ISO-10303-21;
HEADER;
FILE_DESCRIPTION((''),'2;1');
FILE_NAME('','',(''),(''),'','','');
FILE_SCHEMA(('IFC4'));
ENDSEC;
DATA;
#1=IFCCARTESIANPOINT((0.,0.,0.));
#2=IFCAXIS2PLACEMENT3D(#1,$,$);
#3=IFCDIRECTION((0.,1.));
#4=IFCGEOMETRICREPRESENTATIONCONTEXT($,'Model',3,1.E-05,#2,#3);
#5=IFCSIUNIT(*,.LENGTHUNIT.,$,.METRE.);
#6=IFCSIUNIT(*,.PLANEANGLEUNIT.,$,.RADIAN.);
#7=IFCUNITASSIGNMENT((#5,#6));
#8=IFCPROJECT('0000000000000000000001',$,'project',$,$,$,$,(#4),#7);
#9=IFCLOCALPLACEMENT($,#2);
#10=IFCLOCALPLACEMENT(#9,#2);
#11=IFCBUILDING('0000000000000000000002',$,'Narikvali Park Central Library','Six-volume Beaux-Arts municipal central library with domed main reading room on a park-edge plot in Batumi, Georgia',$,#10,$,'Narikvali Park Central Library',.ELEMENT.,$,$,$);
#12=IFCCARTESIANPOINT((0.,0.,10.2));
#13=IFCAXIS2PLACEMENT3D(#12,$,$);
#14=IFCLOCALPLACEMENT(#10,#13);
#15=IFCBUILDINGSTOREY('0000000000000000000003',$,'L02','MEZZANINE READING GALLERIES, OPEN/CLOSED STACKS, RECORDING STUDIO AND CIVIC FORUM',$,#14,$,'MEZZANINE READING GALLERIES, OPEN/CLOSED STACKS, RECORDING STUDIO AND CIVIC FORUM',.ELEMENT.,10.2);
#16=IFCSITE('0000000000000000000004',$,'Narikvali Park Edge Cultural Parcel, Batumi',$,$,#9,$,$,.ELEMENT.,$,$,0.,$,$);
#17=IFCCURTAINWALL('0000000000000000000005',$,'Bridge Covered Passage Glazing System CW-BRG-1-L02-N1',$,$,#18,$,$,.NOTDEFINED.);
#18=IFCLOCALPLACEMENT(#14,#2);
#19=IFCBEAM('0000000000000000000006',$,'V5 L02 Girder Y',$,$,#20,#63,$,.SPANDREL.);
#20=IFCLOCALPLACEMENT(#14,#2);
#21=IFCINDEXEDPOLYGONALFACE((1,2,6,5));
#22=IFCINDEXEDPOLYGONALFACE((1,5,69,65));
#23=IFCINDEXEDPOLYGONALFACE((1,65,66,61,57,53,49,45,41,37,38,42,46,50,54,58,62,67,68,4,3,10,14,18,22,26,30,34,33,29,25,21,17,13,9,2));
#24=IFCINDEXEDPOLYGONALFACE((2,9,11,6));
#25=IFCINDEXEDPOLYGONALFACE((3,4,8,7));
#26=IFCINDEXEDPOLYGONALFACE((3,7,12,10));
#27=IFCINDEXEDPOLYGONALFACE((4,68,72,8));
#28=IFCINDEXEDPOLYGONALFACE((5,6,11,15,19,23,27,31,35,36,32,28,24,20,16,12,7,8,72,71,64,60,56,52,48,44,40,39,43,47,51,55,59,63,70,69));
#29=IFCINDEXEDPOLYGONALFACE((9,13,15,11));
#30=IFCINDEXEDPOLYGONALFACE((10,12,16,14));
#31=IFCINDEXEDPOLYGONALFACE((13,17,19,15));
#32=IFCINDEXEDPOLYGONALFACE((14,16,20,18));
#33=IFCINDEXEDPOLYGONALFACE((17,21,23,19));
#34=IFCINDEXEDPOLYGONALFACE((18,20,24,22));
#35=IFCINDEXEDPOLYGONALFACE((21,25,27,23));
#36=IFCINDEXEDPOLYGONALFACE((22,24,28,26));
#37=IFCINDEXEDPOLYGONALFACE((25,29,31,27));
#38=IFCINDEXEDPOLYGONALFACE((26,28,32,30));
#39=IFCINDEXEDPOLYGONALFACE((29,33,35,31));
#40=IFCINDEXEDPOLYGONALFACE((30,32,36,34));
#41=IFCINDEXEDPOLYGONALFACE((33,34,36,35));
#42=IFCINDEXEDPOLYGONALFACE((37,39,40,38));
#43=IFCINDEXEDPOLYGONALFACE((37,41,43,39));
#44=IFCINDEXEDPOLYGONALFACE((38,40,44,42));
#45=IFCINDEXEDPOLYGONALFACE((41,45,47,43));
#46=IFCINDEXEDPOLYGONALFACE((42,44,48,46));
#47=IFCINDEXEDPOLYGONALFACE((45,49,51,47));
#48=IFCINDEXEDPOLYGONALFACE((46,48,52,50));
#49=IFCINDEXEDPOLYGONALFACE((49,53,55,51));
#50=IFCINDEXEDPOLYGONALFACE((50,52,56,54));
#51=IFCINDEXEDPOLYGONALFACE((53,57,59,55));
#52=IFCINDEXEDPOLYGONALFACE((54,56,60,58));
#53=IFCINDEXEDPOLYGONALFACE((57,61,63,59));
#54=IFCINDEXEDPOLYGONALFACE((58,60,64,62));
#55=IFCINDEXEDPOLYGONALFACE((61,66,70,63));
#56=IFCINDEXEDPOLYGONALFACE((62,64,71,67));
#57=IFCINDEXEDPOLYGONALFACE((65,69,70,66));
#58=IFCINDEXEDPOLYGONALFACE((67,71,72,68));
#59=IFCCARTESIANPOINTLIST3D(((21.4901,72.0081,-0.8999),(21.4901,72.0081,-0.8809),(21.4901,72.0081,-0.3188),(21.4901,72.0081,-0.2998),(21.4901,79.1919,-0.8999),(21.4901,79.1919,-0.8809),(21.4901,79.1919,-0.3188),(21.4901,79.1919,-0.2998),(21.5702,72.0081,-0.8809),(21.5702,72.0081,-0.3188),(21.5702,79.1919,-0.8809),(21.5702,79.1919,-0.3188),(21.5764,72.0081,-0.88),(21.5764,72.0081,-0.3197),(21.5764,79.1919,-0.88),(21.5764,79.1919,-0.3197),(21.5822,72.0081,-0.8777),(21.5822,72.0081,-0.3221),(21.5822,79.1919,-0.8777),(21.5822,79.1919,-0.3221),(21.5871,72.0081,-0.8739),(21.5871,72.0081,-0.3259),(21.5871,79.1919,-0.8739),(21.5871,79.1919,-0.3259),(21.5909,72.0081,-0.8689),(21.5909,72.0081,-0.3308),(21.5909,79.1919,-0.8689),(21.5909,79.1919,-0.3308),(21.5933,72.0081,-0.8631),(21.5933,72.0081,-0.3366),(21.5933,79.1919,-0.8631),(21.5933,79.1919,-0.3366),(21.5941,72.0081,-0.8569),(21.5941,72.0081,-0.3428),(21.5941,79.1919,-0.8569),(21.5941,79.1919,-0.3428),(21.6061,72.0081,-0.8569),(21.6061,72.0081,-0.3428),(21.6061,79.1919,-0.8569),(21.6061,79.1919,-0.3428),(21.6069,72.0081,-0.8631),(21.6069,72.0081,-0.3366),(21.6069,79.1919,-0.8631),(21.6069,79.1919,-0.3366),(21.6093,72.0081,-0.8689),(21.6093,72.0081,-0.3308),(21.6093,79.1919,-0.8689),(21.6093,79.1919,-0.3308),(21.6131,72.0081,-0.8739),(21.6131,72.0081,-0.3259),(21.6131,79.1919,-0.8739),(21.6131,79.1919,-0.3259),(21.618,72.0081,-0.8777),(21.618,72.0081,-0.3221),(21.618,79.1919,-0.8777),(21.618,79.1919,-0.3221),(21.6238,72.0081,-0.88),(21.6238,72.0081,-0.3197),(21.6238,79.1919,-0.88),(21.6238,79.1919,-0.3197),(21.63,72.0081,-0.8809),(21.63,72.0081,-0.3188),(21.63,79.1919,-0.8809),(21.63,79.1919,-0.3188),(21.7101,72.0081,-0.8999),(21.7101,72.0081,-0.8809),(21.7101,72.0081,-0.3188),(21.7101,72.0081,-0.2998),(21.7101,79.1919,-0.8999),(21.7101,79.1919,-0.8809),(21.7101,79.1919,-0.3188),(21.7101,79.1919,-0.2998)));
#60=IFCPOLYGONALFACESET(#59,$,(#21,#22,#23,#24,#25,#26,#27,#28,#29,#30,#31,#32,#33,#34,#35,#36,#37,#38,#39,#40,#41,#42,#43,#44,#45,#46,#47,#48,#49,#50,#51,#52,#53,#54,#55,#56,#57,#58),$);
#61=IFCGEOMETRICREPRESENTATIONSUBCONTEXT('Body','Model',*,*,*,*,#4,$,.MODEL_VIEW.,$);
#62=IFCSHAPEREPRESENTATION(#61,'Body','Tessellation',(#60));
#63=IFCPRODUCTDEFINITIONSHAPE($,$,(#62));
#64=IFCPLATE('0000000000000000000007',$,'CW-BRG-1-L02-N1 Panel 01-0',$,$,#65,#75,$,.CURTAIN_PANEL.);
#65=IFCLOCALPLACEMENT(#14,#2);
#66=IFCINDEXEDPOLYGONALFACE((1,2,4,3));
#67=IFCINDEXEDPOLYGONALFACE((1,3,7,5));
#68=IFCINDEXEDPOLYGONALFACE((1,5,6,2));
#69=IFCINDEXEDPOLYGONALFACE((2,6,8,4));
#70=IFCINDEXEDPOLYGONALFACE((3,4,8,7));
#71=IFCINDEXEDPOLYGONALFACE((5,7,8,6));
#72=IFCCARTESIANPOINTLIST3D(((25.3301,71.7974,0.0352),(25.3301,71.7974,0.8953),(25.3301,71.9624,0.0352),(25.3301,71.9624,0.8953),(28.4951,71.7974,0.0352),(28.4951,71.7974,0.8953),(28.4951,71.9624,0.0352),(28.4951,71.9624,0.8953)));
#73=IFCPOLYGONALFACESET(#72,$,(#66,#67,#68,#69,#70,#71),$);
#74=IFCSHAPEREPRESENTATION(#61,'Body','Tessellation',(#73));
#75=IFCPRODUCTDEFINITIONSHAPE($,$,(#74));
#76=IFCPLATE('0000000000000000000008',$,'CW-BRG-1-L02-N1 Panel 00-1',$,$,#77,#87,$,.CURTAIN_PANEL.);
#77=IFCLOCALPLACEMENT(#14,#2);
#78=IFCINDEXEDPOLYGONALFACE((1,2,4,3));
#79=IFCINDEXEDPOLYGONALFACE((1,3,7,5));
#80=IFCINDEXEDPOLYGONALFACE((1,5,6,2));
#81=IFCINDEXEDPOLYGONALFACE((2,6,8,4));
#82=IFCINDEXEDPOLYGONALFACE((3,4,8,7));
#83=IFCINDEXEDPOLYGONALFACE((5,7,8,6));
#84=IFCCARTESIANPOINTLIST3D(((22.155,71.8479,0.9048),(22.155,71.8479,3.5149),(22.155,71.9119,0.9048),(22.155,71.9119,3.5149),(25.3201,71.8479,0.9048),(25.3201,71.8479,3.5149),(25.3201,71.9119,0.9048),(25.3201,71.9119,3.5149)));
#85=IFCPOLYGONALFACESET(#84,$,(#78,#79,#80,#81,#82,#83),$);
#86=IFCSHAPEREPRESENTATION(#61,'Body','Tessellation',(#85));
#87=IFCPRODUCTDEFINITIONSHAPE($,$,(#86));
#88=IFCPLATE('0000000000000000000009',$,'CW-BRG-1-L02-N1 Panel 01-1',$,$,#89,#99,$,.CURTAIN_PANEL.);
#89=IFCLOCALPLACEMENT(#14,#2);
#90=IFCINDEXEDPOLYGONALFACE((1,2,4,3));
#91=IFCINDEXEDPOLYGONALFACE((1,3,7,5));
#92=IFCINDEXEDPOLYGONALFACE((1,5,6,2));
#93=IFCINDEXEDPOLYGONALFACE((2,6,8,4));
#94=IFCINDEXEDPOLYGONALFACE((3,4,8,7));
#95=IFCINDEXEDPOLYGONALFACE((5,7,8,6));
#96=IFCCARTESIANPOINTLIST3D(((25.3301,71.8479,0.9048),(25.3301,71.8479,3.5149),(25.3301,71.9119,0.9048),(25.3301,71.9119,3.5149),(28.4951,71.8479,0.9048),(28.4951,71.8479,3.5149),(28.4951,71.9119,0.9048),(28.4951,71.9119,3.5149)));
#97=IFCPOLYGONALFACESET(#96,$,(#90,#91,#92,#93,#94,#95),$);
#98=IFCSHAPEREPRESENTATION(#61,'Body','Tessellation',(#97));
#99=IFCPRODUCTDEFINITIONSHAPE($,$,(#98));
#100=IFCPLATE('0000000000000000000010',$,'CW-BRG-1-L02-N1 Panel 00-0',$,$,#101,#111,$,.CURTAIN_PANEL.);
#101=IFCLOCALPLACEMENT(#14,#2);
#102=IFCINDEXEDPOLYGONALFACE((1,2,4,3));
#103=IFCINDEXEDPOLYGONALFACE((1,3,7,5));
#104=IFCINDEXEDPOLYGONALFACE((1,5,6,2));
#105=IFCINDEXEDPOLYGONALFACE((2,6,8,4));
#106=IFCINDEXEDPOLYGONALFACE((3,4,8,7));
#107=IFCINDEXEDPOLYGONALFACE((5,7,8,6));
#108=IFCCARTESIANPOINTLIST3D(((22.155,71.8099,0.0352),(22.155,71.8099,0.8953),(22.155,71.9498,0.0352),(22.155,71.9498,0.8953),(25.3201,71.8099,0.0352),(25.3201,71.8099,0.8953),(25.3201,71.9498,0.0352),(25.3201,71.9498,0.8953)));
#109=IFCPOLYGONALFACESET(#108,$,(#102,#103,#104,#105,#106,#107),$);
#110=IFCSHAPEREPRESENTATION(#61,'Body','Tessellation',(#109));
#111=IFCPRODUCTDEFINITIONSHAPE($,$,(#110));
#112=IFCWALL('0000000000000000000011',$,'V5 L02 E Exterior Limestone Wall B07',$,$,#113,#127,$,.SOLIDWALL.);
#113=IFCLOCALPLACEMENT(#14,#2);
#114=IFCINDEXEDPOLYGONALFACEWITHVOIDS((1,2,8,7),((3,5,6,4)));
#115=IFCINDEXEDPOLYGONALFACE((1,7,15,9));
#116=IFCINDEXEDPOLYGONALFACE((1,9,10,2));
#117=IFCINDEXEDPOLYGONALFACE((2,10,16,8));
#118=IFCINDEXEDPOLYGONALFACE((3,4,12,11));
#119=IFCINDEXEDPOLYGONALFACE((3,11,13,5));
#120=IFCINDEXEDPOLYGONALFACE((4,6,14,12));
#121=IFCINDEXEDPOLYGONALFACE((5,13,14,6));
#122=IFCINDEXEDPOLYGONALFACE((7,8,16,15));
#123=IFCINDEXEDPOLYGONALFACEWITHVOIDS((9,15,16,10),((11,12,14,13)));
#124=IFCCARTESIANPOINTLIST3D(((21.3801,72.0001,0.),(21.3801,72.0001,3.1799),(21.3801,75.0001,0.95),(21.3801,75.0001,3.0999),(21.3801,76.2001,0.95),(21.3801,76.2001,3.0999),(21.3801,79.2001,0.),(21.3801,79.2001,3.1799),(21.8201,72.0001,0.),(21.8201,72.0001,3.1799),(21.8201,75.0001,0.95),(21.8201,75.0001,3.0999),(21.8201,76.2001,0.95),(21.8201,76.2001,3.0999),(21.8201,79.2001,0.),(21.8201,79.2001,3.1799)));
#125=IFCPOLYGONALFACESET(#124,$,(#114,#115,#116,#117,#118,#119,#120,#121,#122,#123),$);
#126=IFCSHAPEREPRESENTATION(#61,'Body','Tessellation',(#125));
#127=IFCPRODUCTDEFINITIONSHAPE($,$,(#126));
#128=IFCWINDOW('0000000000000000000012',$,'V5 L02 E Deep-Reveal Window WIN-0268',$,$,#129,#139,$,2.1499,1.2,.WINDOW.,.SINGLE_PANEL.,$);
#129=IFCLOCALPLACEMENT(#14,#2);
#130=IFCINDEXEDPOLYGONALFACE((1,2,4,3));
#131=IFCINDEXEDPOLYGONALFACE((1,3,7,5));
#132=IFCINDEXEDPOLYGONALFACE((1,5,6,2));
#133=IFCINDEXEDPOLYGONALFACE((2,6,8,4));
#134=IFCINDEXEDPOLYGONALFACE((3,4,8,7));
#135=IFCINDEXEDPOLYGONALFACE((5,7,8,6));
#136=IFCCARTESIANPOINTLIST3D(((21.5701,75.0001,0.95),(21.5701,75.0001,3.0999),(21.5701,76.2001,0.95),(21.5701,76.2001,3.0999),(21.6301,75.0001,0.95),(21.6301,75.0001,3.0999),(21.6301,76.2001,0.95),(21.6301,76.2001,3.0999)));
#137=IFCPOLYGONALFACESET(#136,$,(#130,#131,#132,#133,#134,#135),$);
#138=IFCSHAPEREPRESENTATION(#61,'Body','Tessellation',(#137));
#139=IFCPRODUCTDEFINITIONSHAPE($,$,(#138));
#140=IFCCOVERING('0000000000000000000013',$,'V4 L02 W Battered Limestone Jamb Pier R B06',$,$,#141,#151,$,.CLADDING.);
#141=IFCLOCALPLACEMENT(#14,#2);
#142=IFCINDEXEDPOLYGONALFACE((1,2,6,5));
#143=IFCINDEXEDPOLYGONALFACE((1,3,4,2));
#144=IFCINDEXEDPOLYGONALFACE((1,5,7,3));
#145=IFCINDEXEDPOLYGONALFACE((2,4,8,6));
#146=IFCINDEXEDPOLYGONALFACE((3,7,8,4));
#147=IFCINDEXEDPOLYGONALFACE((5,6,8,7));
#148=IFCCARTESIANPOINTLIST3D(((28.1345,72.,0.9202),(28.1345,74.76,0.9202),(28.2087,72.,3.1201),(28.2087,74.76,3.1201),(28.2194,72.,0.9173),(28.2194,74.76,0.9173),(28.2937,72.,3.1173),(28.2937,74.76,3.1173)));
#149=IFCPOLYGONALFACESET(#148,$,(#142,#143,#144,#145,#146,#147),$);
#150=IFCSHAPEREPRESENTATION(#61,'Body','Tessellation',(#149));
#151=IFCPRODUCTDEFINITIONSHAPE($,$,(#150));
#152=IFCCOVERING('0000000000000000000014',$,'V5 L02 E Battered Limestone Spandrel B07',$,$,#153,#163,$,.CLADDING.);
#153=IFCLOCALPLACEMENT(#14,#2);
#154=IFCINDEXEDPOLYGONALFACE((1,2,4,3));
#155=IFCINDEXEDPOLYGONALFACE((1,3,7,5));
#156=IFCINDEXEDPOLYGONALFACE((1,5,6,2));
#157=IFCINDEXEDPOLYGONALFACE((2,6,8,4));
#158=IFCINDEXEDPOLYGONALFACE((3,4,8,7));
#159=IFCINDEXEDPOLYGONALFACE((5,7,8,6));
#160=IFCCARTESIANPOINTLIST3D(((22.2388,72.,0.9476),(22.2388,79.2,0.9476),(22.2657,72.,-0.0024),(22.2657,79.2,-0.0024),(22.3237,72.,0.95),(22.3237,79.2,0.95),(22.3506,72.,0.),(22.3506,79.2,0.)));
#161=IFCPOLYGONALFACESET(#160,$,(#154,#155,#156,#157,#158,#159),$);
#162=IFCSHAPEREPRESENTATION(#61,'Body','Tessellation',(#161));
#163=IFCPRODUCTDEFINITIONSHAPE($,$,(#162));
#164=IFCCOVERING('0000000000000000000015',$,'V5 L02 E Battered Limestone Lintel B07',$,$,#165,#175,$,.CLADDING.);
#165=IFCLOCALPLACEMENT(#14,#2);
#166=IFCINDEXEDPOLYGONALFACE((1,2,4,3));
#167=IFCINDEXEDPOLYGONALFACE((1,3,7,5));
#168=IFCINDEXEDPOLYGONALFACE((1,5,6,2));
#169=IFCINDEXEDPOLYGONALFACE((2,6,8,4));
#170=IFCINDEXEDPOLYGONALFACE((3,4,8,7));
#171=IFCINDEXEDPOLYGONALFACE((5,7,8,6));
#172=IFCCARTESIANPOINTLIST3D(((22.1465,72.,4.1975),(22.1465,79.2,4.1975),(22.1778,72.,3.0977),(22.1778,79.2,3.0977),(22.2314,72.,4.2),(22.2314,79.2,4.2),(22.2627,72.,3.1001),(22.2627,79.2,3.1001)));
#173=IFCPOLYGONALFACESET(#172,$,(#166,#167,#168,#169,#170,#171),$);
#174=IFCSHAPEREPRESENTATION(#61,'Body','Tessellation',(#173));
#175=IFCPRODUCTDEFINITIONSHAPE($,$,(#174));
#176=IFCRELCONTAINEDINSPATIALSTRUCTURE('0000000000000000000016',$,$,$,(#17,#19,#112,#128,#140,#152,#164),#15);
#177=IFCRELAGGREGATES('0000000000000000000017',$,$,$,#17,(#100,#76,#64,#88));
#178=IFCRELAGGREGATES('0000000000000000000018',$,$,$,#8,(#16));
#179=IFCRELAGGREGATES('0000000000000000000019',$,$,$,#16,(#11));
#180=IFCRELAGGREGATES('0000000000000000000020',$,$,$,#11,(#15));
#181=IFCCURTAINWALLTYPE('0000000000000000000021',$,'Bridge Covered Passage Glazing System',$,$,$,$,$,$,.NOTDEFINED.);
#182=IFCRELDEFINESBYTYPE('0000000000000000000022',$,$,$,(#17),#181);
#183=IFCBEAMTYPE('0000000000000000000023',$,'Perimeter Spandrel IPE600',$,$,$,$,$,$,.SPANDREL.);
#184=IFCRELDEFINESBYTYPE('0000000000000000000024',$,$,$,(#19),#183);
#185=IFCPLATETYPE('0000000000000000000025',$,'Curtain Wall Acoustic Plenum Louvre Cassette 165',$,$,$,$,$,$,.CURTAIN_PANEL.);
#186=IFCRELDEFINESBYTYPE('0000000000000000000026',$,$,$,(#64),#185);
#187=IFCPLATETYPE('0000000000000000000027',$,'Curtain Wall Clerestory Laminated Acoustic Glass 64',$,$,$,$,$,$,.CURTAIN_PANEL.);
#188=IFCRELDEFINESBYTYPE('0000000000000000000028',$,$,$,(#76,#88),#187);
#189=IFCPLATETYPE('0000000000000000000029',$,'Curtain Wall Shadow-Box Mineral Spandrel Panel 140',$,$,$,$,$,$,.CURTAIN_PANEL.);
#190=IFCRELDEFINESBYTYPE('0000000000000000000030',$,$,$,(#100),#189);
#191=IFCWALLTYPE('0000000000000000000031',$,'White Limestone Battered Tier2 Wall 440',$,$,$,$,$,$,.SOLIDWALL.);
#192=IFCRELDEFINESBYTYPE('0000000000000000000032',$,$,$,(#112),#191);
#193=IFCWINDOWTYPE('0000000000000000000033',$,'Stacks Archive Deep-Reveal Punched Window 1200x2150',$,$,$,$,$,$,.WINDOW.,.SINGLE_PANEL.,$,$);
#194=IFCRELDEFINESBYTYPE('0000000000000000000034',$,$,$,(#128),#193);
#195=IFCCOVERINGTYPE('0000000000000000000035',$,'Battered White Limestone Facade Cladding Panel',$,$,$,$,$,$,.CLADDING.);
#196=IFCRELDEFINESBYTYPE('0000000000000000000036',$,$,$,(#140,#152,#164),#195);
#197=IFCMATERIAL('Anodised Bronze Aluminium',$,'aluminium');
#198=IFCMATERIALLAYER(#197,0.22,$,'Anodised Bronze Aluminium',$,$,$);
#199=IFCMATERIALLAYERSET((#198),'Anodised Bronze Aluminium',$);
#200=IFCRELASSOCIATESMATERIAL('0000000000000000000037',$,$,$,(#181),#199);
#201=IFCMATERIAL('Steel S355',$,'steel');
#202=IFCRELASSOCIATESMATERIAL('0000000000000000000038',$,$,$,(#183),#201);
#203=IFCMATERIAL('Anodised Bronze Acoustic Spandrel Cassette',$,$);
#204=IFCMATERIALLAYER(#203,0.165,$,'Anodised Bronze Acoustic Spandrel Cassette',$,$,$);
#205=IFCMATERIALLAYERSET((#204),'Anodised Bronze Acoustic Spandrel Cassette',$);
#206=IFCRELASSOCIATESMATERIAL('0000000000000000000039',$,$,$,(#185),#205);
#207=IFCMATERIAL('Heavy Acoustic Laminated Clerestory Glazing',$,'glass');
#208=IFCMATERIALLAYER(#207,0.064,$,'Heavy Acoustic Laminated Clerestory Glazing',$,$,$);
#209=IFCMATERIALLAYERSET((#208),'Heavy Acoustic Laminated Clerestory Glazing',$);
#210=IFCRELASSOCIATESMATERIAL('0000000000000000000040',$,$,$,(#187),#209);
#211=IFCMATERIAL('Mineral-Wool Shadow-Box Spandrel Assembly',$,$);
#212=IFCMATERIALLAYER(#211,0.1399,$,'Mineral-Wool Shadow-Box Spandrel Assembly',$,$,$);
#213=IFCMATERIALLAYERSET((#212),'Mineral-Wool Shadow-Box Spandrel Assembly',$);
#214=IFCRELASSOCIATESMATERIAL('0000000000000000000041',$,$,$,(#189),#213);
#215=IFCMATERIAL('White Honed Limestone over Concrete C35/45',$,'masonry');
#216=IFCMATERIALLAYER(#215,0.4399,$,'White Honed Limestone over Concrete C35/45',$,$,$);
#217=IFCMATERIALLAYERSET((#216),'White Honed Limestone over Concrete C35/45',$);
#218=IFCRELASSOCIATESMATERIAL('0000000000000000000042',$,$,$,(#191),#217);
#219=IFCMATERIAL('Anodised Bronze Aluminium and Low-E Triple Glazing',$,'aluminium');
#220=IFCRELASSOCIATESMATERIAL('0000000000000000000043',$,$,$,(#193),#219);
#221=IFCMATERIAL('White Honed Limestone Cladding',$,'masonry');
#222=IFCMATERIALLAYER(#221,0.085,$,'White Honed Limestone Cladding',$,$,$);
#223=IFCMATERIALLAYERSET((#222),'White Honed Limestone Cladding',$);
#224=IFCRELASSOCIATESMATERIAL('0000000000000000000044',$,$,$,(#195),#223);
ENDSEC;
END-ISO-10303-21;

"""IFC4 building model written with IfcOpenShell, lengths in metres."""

from ifc_helpers import new_model, si_unit, direction, frame, frame_2d, origin, origin_2d, place, context, subcontext, project, spatial, polyline, rectangle, i_section, outline, extrude, material, layer, layer_set, material_profile, profile_set, type_object, element, fill, aggregate, save


model = new_model("IFC4")

# Units and contexts
model_context = context("Model", 3, precision=1e-05, world=origin(), true_north=direction((0.0, 1.0)))
body_context = subcontext(model_context, "Body", "Model", "MODEL_VIEW")
ifc_project = project(units=[si_unit("LENGTHUNIT", "METRE"), si_unit("PLANEANGLEUNIT", "RADIAN")], contexts=[model_context])

# Site, building, storey
site_placement = place(None, origin())
site = spatial("IfcSite", under=ifc_project, at=site_placement, Name="Narikvali Park Edge Cultural Parcel, Batumi", CompositionType="ELEMENT", RefElevation=0.0)
building_placement = place(site_placement, origin())
building = spatial("IfcBuilding", under=site, at=building_placement, Name="Narikvali Park Central Library", Description="Six-volume Beaux-Arts municipal central library with domed main reading room on a park-edge plot in Batumi, Georgia", LongName="Narikvali Park Central Library", CompositionType="ELEMENT")
storey_placement = place(building_placement, frame((0.0, 0.0, 10.2)))
storey = spatial("IfcBuildingStorey", under=building, at=storey_placement, Name="L02", Description="MEZZANINE READING GALLERIES, OPEN/CLOSED STACKS, RECORDING STUDIO AND CIVIC FORUM", LongName="MEZZANINE READING GALLERIES, OPEN/CLOSED STACKS, RECORDING STUDIO AND CIVIC FORUM", CompositionType="ELEMENT", Elevation=10.2)

# Shared definitions
ifc_material_1 = material(Name="Steel S355", Category="steel")

# Curtain wall
ifc_material_2 = material(Name="Anodised Bronze Aluminium", Category="aluminium")
ifc_layer_1 = layer(ifc_material_2, 0.22, Name="Anodised Bronze Aluminium")
ifc_layer_set_1 = layer_set([ifc_layer_1], Name="Anodised Bronze Aluminium")
curtain_wall_type = type_object("IfcCurtainWallType", Name="Bridge Covered Passage Glazing System", PredefinedType="NOTDEFINED", material=ifc_layer_set_1)
curtain_wall_placement = place(storey_placement, origin())
curtain_wall = element("IfcCurtainWall", 1, at=curtain_wall_placement, inside=storey, type_object=curtain_wall_type, Name="Bridge Covered Passage Glazing System CW-BRG-1-L02-N1", PredefinedType="NOTDEFINED")

# Beam
ifc_material_profile_1 = material_profile(ifc_material_1, i_section(OverallWidth=0.22, OverallDepth=0.6001, WebThickness=0.012, FlangeThickness=0.019, FilletRadius=0.0239, at=origin_2d()), Name="IPE 600")
ifc_profile_set_1 = profile_set([ifc_material_profile_1], Name="Steel S355")
beam_type_1 = type_object("IfcBeamType", Name="Perimeter Spandrel IPE600", PredefinedType="SPANDREL", material=ifc_profile_set_1)
beam_1_placement = place(storey_placement, frame((21.6001, 72.0081, -0.5999), z_axis=(0.0, 1.0, 0.0), x_axis=(-1.0, 0.0, 0.0)))
element("IfcBeam", 2, at=beam_1_placement, inside=storey, type_object=beam_type_1, Name="V5 L02 Girder Y", PredefinedType="SPANDREL", context=body_context, shape_type="SweptSolid", body=[
    extrude(i_section(OverallWidth=0.22, OverallDepth=0.6001, WebThickness=0.012, FlangeThickness=0.019, FilletRadius=0.0239, at=origin_2d()), origin(), (0.0, 0.0, 1.0), 7.1838),
])

# Plates
ifc_material_3 = material(Name="Anodised Bronze Acoustic Spandrel Cassette")
ifc_layer_2 = layer(ifc_material_3, 0.165, Name="Anodised Bronze Acoustic Spandrel Cassette")
ifc_layer_set_2 = layer_set([ifc_layer_2], Name="Anodised Bronze Acoustic Spandrel Cassette")
plate_type_1 = type_object("IfcPlateType", Name="Curtain Wall Acoustic Plenum Louvre Cassette 165", PredefinedType="CURTAIN_PANEL", material=ifc_layer_set_2)
plate_1_placement = place(storey_placement, frame((26.9126, 71.8799, 0.0352), z_axis=(0.0, 0.0, 1.0), x_axis=(1.0, 0.0, 0.0)))
plate_1 = element("IfcPlate", 3, at=plate_1_placement, type_object=plate_type_1, Name="CW-BRG-1-L02-N1 Panel 01-0", PredefinedType="CURTAIN_PANEL", context=body_context, shape_type="SweptSolid", body=[
    extrude(rectangle(XDim=3.165, YDim=0.165, at=origin_2d()), origin(), (0.0, 0.0, 1.0), 0.8601),
])
ifc_material_4 = material(Name="Heavy Acoustic Laminated Clerestory Glazing", Category="glass")
ifc_layer_3 = layer(ifc_material_4, 0.064, Name="Heavy Acoustic Laminated Clerestory Glazing")
ifc_layer_set_3 = layer_set([ifc_layer_3], Name="Heavy Acoustic Laminated Clerestory Glazing")
plate_type_2 = type_object("IfcPlateType", Name="Curtain Wall Clerestory Laminated Acoustic Glass 64", PredefinedType="CURTAIN_PANEL", material=ifc_layer_set_3)
plate_2_placement = place(storey_placement, frame((23.7375, 71.8799, 0.9048), z_axis=(0.0, 0.0, 1.0), x_axis=(1.0, 0.0, 0.0)))
plate_2 = element("IfcPlate", 4, at=plate_2_placement, type_object=plate_type_2, Name="CW-BRG-1-L02-N1 Panel 00-1", PredefinedType="CURTAIN_PANEL", context=body_context, shape_type="SweptSolid", body=[
    extrude(rectangle(XDim=3.165, YDim=0.064, at=origin_2d()), origin(), (0.0, 0.0, 1.0), 2.6101),
])
plate_3_placement = place(storey_placement, frame((26.9126, 71.8799, 0.9048), z_axis=(0.0, 0.0, 1.0), x_axis=(1.0, 0.0, 0.0)))
plate_3 = element("IfcPlate", 5, at=plate_3_placement, type_object=plate_type_2, Name="CW-BRG-1-L02-N1 Panel 01-1", PredefinedType="CURTAIN_PANEL", context=body_context, shape_type="SweptSolid", body=[
    extrude(rectangle(XDim=3.165, YDim=0.064, at=origin_2d()), origin(), (0.0, 0.0, 1.0), 2.6101),
])
ifc_material_5 = material(Name="Mineral-Wool Shadow-Box Spandrel Assembly")
ifc_layer_4 = layer(ifc_material_5, 0.1399, Name="Mineral-Wool Shadow-Box Spandrel Assembly")
ifc_layer_set_4 = layer_set([ifc_layer_4], Name="Mineral-Wool Shadow-Box Spandrel Assembly")
plate_type_3 = type_object("IfcPlateType", Name="Curtain Wall Shadow-Box Mineral Spandrel Panel 140", PredefinedType="CURTAIN_PANEL", material=ifc_layer_set_4)
plate_4_placement = place(storey_placement, frame((23.7375, 71.8799, 0.0352), z_axis=(0.0, 0.0, 1.0), x_axis=(1.0, 0.0, 0.0)))
plate_4 = element("IfcPlate", 6, at=plate_4_placement, type_object=plate_type_3, Name="CW-BRG-1-L02-N1 Panel 00-0", PredefinedType="CURTAIN_PANEL", context=body_context, shape_type="SweptSolid", body=[
    extrude(rectangle(XDim=3.165, YDim=0.1399, at=origin_2d()), origin(), (0.0, 0.0, 1.0), 0.8601),
])
aggregate(curtain_wall, [plate_4, plate_2, plate_1, plate_3])

# Wall, opening, window
ifc_material_6 = material(Name="White Honed Limestone over Concrete C35/45", Category="masonry")
ifc_layer_5 = layer(ifc_material_6, 0.4399, Name="White Honed Limestone over Concrete C35/45")
ifc_layer_set_5 = layer_set([ifc_layer_5], Name="White Honed Limestone over Concrete C35/45")
wall_type = type_object("IfcWallType", Name="White Limestone Battered Tier2 Wall 440", PredefinedType="SOLIDWALL", material=ifc_layer_set_5)
wall_placement = place(storey_placement, frame((21.6001, 72.0, 0.0), z_axis=(0.0, 0.0, 1.0), x_axis=(0.0, 1.0, 0.0)))
wall = element("IfcWall", 7, at=wall_placement, inside=storey, type_object=wall_type, Name="V5 L02 E Exterior Limestone Wall B07", PredefinedType="SOLIDWALL", context=body_context, shape_type="SweptSolid", body=[
    extrude(rectangle(XDim=7.2, YDim=0.4399, at=frame_2d((3.6001, 0.0))), origin(), (0.0, 0.0, 1.0), 3.1799),
])
opening_placement = place(wall_placement, frame((3.0, 0.0, 0.95)))
opening = element("IfcOpeningElement", 8, at=opening_placement, cuts=wall, PredefinedType="OPENING", context=body_context, shape_type="SweptSolid", body=[
    extrude(rectangle(XDim=1.2, YDim=2.1499, at=frame_2d((0.6001, 1.075))), frame((0.0, 0.2319, 0.0), z_axis=(0.0, -1.0, 0.0), x_axis=(1.0, 0.0, 0.0)), (0.0, 0.0, 1.0), 0.4639),
])
ifc_material_7 = material(Name="Anodised Bronze Aluminium and Low-E Triple Glazing", Category="aluminium")
window_type = type_object("IfcWindowType", Name="Stacks Archive Deep-Reveal Punched Window 1200x2150", PartitioningType="SINGLE_PANEL", PredefinedType="WINDOW", material=ifc_material_7)
window_placement = place(opening_placement, origin())
window = element("IfcWindow", 9, at=window_placement, inside=storey, type_object=window_type, Name="V5 L02 E Deep-Reveal Window WIN-0268", OverallHeight=2.1499, OverallWidth=1.2, PartitioningType="SINGLE_PANEL", PredefinedType="WINDOW", context=body_context, shape_type="SweptSolid", body=[
    extrude(rectangle(XDim=1.2, YDim=2.1499, at=frame_2d((0.6001, 1.075))), frame((0.0, 0.03, 0.0), z_axis=(0.0, -1.0, 0.0), x_axis=(1.0, 0.0, 0.0)), (0.0, 0.0, 1.0), 0.0601),
])
fill(opening, window)

# Coverings
ifc_material_8 = material(Name="White Honed Limestone Cladding", Category="masonry")
ifc_layer_6 = layer(ifc_material_8, 0.085, Name="White Honed Limestone Cladding")
ifc_layer_set_6 = layer_set([ifc_layer_6], Name="White Honed Limestone Cladding")
covering_type = type_object("IfcCoveringType", Name="Battered White Limestone Facade Cladding Panel", PredefinedType="CLADDING", material=ifc_layer_set_6)
covering_1_placement = place(storey_placement, frame((28.1345, 74.76, 0.9202), z_axis=(-0.999431, 0.0, 0.033717), x_axis=(0.0, -1.0, 0.0)))
element("IfcCovering", 10, at=covering_1_placement, inside=storey, type_object=covering_type, Name="V4 L02 W Battered Limestone Jamb Pier R B06", PredefinedType="CLADDING", context=body_context, shape_type="SweptSolid", body=[
    extrude(outline(polyline([(0.0, 0.0), (2.76, 0.0), (2.76, 2.2012), (0.0, 2.2012), (0.0, 0.0)])), origin(), (0.0, 0.0, -1.0), 0.085),
])
covering_2_placement = place(storey_placement, frame((22.3506, 72.0, 0.0), z_axis=(0.999601, 0.0, 0.028259), x_axis=(0.0, 1.0, 0.0)))
element("IfcCovering", 11, at=covering_2_placement, inside=storey, type_object=covering_type, Name="V5 L02 E Battered Limestone Spandrel B07", PredefinedType="CLADDING", context=body_context, shape_type="SweptSolid", body=[
    extrude(outline(polyline([(0.0, 0.0), (7.2, 0.0), (7.2, 0.9503), (0.0, 0.9503), (0.0, 0.0)])), origin(), (0.0, 0.0, -1.0), 0.085),
])
covering_3_placement = place(storey_placement, frame((22.2627, 72.0, 3.1001), z_axis=(0.999597, 0.0, 0.028401), x_axis=(0.0, 1.0, 0.0)))
element("IfcCovering", 12, at=covering_3_placement, inside=storey, type_object=covering_type, Name="V5 L02 E Battered Limestone Lintel B07", PredefinedType="CLADDING", context=body_context, shape_type="SweptSolid", body=[
    extrude(outline(polyline([(0.0, 0.0), (7.2, 0.0), (7.2, 1.1003), (0.0, 1.1003), (0.0, 0.0)])), origin(), (0.0, 0.0, -1.0), 0.085),
])

save(model, "model.ifc")
